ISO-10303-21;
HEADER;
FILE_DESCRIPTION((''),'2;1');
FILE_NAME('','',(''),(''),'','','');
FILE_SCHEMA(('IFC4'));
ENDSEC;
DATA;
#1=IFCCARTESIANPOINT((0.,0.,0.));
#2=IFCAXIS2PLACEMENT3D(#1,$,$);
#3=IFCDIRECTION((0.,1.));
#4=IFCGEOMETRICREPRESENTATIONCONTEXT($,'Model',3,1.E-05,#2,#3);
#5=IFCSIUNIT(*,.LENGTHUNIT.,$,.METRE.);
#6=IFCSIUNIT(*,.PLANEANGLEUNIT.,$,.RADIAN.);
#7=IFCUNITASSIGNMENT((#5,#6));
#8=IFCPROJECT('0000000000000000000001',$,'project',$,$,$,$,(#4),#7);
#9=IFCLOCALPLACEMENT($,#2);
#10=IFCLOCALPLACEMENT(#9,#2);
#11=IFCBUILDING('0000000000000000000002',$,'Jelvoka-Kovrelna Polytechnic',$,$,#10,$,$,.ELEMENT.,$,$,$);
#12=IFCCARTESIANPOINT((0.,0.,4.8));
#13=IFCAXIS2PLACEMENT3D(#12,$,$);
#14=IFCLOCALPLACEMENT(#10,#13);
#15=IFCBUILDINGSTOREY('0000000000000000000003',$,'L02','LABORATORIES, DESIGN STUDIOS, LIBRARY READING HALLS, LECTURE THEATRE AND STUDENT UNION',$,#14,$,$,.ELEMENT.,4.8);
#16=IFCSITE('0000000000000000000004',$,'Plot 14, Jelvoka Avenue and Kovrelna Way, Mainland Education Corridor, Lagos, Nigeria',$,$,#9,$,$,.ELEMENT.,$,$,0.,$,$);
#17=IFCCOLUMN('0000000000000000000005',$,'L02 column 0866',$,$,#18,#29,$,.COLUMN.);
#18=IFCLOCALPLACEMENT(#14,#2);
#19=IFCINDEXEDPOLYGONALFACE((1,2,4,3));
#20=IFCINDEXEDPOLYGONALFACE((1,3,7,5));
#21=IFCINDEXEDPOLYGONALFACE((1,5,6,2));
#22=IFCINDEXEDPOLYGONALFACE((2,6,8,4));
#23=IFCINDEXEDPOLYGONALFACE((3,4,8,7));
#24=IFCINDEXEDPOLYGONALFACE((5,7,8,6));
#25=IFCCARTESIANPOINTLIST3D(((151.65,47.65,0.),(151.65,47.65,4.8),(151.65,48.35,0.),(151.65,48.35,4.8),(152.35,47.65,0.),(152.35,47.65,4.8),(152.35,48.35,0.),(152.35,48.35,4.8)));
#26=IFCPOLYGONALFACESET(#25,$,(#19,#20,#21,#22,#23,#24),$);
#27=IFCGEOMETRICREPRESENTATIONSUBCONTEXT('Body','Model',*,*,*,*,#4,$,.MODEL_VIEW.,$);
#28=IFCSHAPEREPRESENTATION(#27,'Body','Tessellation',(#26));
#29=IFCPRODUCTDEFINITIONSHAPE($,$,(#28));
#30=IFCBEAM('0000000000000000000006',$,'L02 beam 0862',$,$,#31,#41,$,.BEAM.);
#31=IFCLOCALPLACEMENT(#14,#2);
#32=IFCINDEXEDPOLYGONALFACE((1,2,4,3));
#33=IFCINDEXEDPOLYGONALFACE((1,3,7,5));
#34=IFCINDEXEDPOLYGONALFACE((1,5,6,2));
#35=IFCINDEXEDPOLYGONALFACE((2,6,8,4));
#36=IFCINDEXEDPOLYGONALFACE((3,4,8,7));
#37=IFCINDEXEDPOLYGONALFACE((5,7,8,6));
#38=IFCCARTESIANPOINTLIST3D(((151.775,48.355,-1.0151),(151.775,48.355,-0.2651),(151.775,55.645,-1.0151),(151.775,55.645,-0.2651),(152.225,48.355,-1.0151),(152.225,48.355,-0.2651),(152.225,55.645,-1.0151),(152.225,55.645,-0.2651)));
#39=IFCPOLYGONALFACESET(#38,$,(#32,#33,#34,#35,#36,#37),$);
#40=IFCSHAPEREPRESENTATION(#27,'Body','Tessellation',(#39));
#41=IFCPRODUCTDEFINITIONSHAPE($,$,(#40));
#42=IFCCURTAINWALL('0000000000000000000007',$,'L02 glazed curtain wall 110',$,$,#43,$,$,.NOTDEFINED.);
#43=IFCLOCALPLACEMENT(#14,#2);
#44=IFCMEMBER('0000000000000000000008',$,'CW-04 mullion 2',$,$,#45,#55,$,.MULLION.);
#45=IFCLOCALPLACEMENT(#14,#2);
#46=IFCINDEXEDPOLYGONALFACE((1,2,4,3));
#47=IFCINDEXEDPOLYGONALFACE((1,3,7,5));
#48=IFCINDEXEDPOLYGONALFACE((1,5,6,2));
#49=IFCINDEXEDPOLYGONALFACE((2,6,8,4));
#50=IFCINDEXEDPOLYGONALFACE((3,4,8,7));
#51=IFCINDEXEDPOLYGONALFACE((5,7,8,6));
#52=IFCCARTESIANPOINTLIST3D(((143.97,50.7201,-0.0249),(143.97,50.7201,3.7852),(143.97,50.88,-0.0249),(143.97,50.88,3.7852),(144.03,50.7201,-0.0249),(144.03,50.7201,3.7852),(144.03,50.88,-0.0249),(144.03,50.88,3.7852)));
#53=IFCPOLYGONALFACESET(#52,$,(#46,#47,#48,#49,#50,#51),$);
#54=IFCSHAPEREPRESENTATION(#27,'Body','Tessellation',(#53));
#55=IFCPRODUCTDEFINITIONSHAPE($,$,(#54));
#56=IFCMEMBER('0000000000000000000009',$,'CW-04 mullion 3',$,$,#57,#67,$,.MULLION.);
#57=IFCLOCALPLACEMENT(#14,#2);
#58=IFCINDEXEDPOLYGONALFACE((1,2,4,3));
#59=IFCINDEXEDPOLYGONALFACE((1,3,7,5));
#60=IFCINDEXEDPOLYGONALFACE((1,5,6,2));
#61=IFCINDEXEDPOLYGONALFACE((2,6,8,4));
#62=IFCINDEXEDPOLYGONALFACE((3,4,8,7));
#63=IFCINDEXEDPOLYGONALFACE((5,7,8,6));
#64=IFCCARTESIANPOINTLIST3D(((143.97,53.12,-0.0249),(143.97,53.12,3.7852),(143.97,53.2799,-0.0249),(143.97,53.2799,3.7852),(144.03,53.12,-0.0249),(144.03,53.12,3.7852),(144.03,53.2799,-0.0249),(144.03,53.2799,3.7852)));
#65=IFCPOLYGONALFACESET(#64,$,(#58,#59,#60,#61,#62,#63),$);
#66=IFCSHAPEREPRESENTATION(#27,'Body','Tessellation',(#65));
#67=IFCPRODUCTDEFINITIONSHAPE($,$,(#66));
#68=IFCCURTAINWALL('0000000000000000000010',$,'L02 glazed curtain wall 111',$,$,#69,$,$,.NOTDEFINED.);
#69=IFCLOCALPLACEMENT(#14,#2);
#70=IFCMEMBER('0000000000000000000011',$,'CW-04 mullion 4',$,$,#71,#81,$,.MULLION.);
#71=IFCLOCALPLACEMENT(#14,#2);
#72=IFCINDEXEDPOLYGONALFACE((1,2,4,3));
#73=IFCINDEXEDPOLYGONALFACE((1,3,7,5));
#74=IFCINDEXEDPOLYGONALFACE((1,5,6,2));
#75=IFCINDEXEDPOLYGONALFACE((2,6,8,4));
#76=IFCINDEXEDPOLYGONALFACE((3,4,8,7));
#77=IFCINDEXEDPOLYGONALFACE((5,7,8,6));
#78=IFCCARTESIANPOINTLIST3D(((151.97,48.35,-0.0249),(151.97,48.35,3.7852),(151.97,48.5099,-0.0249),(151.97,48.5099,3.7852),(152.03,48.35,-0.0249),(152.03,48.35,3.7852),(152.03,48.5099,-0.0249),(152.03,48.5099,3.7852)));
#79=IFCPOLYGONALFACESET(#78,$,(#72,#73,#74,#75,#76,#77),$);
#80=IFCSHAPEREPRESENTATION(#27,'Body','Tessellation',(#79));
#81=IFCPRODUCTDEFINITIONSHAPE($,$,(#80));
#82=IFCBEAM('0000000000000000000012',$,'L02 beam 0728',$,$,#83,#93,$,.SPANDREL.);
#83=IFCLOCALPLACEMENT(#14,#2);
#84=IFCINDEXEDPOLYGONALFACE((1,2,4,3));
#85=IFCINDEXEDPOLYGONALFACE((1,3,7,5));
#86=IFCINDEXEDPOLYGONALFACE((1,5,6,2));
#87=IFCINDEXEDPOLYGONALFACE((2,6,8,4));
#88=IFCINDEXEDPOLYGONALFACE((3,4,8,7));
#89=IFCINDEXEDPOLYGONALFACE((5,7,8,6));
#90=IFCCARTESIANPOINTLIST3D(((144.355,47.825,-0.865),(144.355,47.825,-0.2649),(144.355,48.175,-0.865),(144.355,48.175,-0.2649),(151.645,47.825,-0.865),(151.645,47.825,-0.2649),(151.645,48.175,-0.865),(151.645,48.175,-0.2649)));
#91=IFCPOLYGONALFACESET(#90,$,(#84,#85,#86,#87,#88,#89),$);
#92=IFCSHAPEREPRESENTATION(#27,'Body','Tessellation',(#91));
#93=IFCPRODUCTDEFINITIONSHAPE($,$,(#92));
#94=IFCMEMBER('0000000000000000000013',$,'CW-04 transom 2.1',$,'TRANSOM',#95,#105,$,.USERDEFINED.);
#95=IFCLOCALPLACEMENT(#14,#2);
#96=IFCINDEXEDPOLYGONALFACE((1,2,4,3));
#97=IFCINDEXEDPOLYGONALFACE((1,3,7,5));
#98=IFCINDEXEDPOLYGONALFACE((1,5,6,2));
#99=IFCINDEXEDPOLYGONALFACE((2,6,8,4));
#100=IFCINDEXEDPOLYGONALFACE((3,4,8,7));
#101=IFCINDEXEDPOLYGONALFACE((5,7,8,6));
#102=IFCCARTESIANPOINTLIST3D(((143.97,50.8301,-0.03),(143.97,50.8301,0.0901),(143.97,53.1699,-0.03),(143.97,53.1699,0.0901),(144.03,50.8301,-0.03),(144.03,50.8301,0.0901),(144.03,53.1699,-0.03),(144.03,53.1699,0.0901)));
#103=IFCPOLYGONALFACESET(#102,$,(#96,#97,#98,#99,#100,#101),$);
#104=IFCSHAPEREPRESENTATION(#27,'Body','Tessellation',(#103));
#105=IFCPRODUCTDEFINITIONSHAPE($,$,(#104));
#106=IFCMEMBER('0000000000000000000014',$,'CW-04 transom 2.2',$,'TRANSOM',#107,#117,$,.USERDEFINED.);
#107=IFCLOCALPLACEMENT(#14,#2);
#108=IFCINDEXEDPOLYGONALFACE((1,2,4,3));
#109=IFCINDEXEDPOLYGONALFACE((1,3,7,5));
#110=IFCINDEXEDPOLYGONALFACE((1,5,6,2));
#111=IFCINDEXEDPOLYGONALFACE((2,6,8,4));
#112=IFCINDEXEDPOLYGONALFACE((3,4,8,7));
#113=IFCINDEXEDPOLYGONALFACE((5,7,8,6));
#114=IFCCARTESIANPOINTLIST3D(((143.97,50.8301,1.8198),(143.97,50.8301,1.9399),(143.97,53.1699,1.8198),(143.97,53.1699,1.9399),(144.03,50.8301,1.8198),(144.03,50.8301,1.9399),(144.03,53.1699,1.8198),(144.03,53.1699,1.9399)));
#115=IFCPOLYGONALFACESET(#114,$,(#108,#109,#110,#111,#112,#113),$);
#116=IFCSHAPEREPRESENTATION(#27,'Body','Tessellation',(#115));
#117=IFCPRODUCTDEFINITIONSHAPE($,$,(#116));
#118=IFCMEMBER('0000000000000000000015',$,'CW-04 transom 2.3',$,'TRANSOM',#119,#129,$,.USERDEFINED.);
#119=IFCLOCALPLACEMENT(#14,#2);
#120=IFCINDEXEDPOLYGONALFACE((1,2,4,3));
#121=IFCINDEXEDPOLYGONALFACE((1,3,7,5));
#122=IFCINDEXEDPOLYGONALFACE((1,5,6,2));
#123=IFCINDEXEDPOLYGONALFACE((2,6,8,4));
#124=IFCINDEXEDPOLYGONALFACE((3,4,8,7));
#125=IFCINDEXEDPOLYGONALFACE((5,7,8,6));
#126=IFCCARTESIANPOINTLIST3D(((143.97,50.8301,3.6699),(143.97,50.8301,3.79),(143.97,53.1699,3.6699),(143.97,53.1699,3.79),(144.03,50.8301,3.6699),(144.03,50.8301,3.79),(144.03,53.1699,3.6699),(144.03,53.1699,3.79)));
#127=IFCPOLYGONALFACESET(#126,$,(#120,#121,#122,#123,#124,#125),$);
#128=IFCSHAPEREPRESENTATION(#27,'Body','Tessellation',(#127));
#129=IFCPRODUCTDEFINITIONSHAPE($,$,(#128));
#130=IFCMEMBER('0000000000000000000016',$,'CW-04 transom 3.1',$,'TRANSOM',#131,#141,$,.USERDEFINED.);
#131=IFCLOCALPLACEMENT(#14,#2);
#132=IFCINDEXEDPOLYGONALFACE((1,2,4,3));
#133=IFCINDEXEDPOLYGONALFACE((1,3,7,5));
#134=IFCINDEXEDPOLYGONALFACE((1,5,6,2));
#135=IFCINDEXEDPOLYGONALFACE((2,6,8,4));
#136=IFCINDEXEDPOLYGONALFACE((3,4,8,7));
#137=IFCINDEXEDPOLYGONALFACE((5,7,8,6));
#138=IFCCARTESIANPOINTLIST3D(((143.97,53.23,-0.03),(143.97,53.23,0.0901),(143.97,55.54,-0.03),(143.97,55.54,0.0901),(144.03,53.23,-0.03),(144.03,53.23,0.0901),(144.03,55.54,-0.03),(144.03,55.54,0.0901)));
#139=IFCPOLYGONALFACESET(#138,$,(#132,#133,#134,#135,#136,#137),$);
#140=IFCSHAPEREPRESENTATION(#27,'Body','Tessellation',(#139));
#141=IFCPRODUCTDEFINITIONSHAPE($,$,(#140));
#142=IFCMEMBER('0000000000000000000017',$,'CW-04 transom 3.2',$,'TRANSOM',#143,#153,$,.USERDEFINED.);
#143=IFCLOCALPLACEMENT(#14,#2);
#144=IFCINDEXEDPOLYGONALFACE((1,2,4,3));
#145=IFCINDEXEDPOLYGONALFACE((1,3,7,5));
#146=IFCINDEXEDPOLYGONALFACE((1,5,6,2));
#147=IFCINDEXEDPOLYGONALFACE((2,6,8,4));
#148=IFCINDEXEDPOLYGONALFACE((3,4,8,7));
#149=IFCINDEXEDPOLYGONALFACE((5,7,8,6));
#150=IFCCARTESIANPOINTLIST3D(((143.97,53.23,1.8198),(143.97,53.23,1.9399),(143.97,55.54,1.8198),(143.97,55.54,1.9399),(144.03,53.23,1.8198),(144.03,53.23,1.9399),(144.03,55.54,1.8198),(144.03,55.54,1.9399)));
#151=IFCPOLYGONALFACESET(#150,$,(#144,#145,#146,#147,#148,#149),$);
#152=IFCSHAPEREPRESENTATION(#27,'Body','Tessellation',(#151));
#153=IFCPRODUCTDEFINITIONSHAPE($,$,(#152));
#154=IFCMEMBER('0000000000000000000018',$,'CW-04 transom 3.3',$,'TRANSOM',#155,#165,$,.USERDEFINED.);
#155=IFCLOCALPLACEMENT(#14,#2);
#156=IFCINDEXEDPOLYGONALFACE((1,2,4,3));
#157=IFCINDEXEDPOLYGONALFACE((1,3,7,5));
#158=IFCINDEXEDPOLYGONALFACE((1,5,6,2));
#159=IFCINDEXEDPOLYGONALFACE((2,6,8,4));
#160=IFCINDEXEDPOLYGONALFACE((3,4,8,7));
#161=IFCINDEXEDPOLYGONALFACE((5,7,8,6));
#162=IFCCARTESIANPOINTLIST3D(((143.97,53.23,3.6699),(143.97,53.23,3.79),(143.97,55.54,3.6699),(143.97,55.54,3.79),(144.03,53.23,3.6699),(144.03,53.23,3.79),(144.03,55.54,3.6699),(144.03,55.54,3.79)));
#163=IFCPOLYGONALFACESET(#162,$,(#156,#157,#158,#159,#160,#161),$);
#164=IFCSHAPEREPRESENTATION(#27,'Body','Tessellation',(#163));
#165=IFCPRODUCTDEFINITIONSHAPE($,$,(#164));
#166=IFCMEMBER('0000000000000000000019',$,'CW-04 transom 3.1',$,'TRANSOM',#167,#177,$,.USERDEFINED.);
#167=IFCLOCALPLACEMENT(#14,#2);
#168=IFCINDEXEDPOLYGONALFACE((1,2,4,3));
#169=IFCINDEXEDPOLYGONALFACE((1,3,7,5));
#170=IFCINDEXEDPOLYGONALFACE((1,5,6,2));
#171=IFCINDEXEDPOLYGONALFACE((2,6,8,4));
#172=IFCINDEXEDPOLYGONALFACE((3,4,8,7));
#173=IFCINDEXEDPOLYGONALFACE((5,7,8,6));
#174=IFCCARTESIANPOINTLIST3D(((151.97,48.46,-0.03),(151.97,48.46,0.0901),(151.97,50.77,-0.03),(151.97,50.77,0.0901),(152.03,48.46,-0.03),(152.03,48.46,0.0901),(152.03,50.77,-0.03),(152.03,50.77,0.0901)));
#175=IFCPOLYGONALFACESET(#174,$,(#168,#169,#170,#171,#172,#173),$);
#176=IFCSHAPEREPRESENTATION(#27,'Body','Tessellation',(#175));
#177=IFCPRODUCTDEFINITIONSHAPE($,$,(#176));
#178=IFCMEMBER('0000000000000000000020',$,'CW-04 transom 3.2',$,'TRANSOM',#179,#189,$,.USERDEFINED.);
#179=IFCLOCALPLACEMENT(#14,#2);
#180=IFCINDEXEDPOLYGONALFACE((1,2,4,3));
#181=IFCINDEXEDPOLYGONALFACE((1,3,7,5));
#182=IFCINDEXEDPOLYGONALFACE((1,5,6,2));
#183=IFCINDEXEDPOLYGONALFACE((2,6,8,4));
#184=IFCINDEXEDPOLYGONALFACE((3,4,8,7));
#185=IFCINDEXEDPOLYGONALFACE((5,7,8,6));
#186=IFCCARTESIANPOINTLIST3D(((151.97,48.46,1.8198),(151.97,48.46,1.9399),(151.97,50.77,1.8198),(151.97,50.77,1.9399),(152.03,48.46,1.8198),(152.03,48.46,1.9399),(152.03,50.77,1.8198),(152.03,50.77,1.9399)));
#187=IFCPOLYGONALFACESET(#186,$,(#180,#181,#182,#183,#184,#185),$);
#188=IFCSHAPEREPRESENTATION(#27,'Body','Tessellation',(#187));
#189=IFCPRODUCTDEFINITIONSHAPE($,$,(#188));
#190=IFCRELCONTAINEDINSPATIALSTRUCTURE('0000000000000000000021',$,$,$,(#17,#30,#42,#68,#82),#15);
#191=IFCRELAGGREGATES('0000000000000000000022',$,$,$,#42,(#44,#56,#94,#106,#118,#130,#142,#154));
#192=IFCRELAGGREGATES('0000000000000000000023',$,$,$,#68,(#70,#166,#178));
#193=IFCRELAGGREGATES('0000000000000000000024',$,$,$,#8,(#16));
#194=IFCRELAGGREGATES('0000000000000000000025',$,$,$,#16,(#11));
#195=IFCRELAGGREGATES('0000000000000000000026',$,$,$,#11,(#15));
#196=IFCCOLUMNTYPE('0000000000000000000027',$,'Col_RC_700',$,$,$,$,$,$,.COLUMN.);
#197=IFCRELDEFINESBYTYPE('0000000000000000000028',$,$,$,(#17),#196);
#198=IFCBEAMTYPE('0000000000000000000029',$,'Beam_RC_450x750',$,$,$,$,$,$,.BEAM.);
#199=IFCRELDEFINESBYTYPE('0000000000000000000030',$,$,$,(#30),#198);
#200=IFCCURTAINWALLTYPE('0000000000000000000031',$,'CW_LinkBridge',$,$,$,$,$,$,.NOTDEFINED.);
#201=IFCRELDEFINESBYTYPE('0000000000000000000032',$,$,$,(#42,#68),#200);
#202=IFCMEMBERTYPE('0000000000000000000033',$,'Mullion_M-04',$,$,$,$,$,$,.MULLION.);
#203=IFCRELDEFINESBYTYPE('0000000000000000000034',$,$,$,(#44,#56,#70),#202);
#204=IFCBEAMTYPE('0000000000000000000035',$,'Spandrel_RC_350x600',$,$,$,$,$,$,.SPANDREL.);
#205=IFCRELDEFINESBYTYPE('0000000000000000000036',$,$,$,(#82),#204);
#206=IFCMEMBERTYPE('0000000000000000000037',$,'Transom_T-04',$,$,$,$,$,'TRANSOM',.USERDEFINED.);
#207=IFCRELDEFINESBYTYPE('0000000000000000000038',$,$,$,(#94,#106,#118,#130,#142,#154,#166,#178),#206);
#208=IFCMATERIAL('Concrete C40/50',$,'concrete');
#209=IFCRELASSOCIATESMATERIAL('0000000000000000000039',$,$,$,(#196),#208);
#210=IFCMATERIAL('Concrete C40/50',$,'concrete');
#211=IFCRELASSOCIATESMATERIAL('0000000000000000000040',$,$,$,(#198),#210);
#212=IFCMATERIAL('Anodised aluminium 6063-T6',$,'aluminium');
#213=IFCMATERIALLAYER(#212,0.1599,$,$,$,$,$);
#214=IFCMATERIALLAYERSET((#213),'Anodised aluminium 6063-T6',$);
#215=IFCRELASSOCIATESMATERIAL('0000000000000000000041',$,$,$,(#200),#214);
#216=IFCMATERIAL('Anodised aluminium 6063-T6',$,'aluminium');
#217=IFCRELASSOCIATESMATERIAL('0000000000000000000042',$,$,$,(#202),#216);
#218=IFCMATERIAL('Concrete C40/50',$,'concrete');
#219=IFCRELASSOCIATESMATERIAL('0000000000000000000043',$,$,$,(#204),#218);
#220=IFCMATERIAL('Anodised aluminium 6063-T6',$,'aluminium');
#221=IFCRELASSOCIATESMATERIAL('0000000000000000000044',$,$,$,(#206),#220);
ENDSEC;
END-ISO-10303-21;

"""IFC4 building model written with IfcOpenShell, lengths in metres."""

from ifc_helpers import new_model, si_unit, direction, frame, origin, origin_2d, place, context, subcontext, project, spatial, rectangle, extrude, material, layer, layer_set, material_profile, profile_set, type_object, element, aggregate, save


model = new_model("IFC4")

# Units and contexts
model_context = context("Model", 3, precision=1e-05, world=origin(), true_north=direction((0.0, 1.0)))
body_context = subcontext(model_context, "Body", "Model", "MODEL_VIEW")
ifc_project = project(units=[si_unit("LENGTHUNIT", "METRE"), si_unit("PLANEANGLEUNIT", "RADIAN")], contexts=[model_context])

# Site, building, storey
site_placement = place(None, origin())
site = spatial("IfcSite", under=ifc_project, at=site_placement, Name="Plot 14, Jelvoka Avenue and Kovrelna Way, Mainland Education Corridor, Lagos, Nigeria", CompositionType="ELEMENT", RefElevation=0.0)
building_placement = place(site_placement, origin())
building = spatial("IfcBuilding", under=site, at=building_placement, Name="Jelvoka-Kovrelna Polytechnic", CompositionType="ELEMENT")
storey_placement = place(building_placement, frame((0.0, 0.0, 4.8)))
storey = spatial("IfcBuildingStorey", under=building, at=storey_placement, Name="L02", Description="LABORATORIES, DESIGN STUDIOS, LIBRARY READING HALLS, LECTURE THEATRE AND STUDENT UNION", CompositionType="ELEMENT", Elevation=4.8)

# Column
ifc_material_1 = material(Name="Concrete C40/50", Category="concrete")
ifc_material_profile_1 = material_profile(ifc_material_1, rectangle(XDim=0.7, YDim=0.7, at=origin_2d()), Name="RC 700x700")
ifc_profile_set_1 = profile_set([ifc_material_profile_1], Name="Concrete C40/50")
column_type = type_object("IfcColumnType", Name="Col_RC_700", PredefinedType="COLUMN", material=ifc_profile_set_1)
column_placement = place(storey_placement, frame((152.0, 48.0, 0.0), z_axis=(0.0, 0.0, 1.0), x_axis=(1.0, 0.0, 0.0)))
element("IfcColumn", 1, at=column_placement, inside=storey, type_object=column_type, Name="L02 column 0866", PredefinedType="COLUMN", context=body_context, shape_type="SweptSolid", body=[
    extrude(rectangle(XDim=0.7, YDim=0.7, at=origin_2d()), origin(), (0.0, 0.0, 1.0), 4.8),
])

# Beam
ifc_material_2 = material(Name="Concrete C40/50", Category="concrete")
ifc_material_profile_2 = material_profile(ifc_material_2, rectangle(XDim=0.45, YDim=0.75, at=origin_2d()), Name="RC 450x750")
ifc_profile_set_2 = profile_set([ifc_material_profile_2], Name="Concrete C40/50")
beam_type_1 = type_object("IfcBeamType", Name="Beam_RC_450x750", PredefinedType="BEAM", material=ifc_profile_set_2)
beam_1_placement = place(storey_placement, frame((152.0, 48.355, -0.6401), z_axis=(0.0, 1.0, 0.0), x_axis=(-1.0, 0.0, 0.0)))
element("IfcBeam", 2, at=beam_1_placement, inside=storey, type_object=beam_type_1, Name="L02 beam 0862", PredefinedType="BEAM", context=body_context, shape_type="SweptSolid", body=[
    extrude(rectangle(XDim=0.45, YDim=0.75, at=origin_2d()), origin(), (0.0, 0.0, 1.0), 7.29),
])

# Curtain wall, members
ifc_material_3 = material(Name="Anodised aluminium 6063-T6", Category="aluminium")
ifc_layer_1 = layer(ifc_material_3, 0.1599)
ifc_layer_set_1 = layer_set([ifc_layer_1], Name="Anodised aluminium 6063-T6")
curtain_wall_type = type_object("IfcCurtainWallType", Name="CW_LinkBridge", PredefinedType="NOTDEFINED", material=ifc_layer_set_1)
curtain_wall_1_placement = place(storey_placement, origin())
curtain_wall_1 = element("IfcCurtainWall", 3, at=curtain_wall_1_placement, inside=storey, type_object=curtain_wall_type, Name="L02 glazed curtain wall 110", PredefinedType="NOTDEFINED")
ifc_material_4 = material(Name="Anodised aluminium 6063-T6", Category="aluminium")
ifc_material_profile_3 = material_profile(ifc_material_4, rectangle(XDim=0.0601, YDim=0.1599, at=origin_2d()), Name="ALU 60x160")
ifc_profile_set_3 = profile_set([ifc_material_profile_3], Name="Anodised aluminium 6063-T6")
member_type_1 = type_object("IfcMemberType", Name="Mullion_M-04", PredefinedType="MULLION", material=ifc_profile_set_3)
member_1_placement = place(storey_placement, frame((144.0, 50.8, -0.0249), z_axis=(0.0, 0.0, 1.0), x_axis=(-1.0, 0.0, 0.0)))
member_1 = element("IfcMember", 4, at=member_1_placement, type_object=member_type_1, Name="CW-04 mullion 2", PredefinedType="MULLION", context=body_context, shape_type="SweptSolid", body=[
    extrude(rectangle(XDim=0.0601, YDim=0.1599, at=origin_2d()), origin(), (0.0, 0.0, 1.0), 3.8101),
])
member_2_placement = place(storey_placement, frame((144.0, 53.2, -0.0249), z_axis=(0.0, 0.0, 1.0), x_axis=(-1.0, 0.0, 0.0)))
member_2 = element("IfcMember", 5, at=member_2_placement, type_object=member_type_1, Name="CW-04 mullion 3", PredefinedType="MULLION", context=body_context, shape_type="SweptSolid", body=[
    extrude(rectangle(XDim=0.0601, YDim=0.1599, at=origin_2d()), origin(), (0.0, 0.0, 1.0), 3.8101),
])

# Curtain wall, member
curtain_wall_2_placement = place(storey_placement, origin())
curtain_wall_2 = element("IfcCurtainWall", 6, at=curtain_wall_2_placement, inside=storey, type_object=curtain_wall_type, Name="L02 glazed curtain wall 111", PredefinedType="NOTDEFINED")
member_3_placement = place(storey_placement, frame((152.0, 48.4299, -0.0249), z_axis=(0.0, 0.0, 1.0), x_axis=(1.0, 0.0, 0.0)))
member_3 = element("IfcMember", 7, at=member_3_placement, type_object=member_type_1, Name="CW-04 mullion 4", PredefinedType="MULLION", context=body_context, shape_type="SweptSolid", body=[
    extrude(rectangle(XDim=0.0601, YDim=0.1599, at=origin_2d()), origin(), (0.0, 0.0, 1.0), 3.8101),
])

# Beam
ifc_material_5 = material(Name="Concrete C40/50", Category="concrete")
ifc_material_profile_4 = material_profile(ifc_material_5, rectangle(XDim=0.3501, YDim=0.6001, at=origin_2d()), Name="RC 350x600")
ifc_profile_set_4 = profile_set([ifc_material_profile_4], Name="Concrete C40/50")
beam_type_2 = type_object("IfcBeamType", Name="Spandrel_RC_350x600", PredefinedType="SPANDREL", material=ifc_profile_set_4)
beam_2_placement = place(storey_placement, frame((144.355, 48.0, -0.5649), z_axis=(1.0, 0.0, 0.0), x_axis=(0.0, 1.0, 0.0)))
element("IfcBeam", 8, at=beam_2_placement, inside=storey, type_object=beam_type_2, Name="L02 beam 0728", PredefinedType="SPANDREL", context=body_context, shape_type="SweptSolid", body=[
    extrude(rectangle(XDim=0.3501, YDim=0.6001, at=origin_2d()), origin(), (0.0, 0.0, 1.0), 7.29),
])

# Members
ifc_material_6 = material(Name="Anodised aluminium 6063-T6", Category="aluminium")
ifc_material_profile_5 = material_profile(ifc_material_6, rectangle(XDim=0.0601, YDim=0.1201, at=origin_2d()), Name="ALU 60x120")
ifc_profile_set_5 = profile_set([ifc_material_profile_5], Name="Anodised aluminium 6063-T6")
member_type_2 = type_object("IfcMemberType", Name="Transom_T-04", ElementType="TRANSOM", PredefinedType="USERDEFINED", material=ifc_profile_set_5)
member_4_placement = place(storey_placement, frame((144.0, 50.8301, 0.03), z_axis=(0.0, 1.0, 0.0), x_axis=(-1.0, 0.0, 0.0)))
member_4 = element("IfcMember", 9, at=member_4_placement, type_object=member_type_2, Name="CW-04 transom 2.1", ObjectType="TRANSOM", PredefinedType="USERDEFINED", context=body_context, shape_type="SweptSolid", body=[
    extrude(rectangle(XDim=0.0601, YDim=0.1201, at=origin_2d()), origin(), (0.0, 0.0, 1.0), 2.3398),
])
member_5_placement = place(storey_placement, frame((144.0, 50.8301, 1.8799), z_axis=(0.0, 1.0, 0.0), x_axis=(-1.0, 0.0, 0.0)))
member_5 = element("IfcMember", 10, at=member_5_placement, type_object=member_type_2, Name="CW-04 transom 2.2", ObjectType="TRANSOM", PredefinedType="USERDEFINED", context=body_context, shape_type="SweptSolid", body=[
    extrude(rectangle(XDim=0.0601, YDim=0.1201, at=origin_2d()), origin(), (0.0, 0.0, 1.0), 2.3398),
])
member_6_placement = place(storey_placement, frame((144.0, 50.8301, 3.73), z_axis=(0.0, 1.0, 0.0), x_axis=(-1.0, 0.0, 0.0)))
member_6 = element("IfcMember", 11, at=member_6_placement, type_object=member_type_2, Name="CW-04 transom 2.3", ObjectType="TRANSOM", PredefinedType="USERDEFINED", context=body_context, shape_type="SweptSolid", body=[
    extrude(rectangle(XDim=0.0601, YDim=0.1201, at=origin_2d()), origin(), (0.0, 0.0, 1.0), 2.3398),
])
member_7_placement = place(storey_placement, frame((144.0, 53.23, 0.03), z_axis=(0.0, 1.0, 0.0), x_axis=(-1.0, 0.0, 0.0)))
member_7 = element("IfcMember", 12, at=member_7_placement, type_object=member_type_2, Name="CW-04 transom 3.1", ObjectType="TRANSOM", PredefinedType="USERDEFINED", context=body_context, shape_type="SweptSolid", body=[
    extrude(rectangle(XDim=0.0601, YDim=0.1201, at=origin_2d()), origin(), (0.0, 0.0, 1.0), 2.3101),
])
member_8_placement = place(storey_placement, frame((144.0, 53.23, 1.8799), z_axis=(0.0, 1.0, 0.0), x_axis=(-1.0, 0.0, 0.0)))
member_8 = element("IfcMember", 13, at=member_8_placement, type_object=member_type_2, Name="CW-04 transom 3.2", ObjectType="TRANSOM", PredefinedType="USERDEFINED", context=body_context, shape_type="SweptSolid", body=[
    extrude(rectangle(XDim=0.0601, YDim=0.1201, at=origin_2d()), origin(), (0.0, 0.0, 1.0), 2.3101),
])
member_9_placement = place(storey_placement, frame((144.0, 53.23, 3.73), z_axis=(0.0, 1.0, 0.0), x_axis=(-1.0, 0.0, 0.0)))
member_9 = element("IfcMember", 14, at=member_9_placement, type_object=member_type_2, Name="CW-04 transom 3.3", ObjectType="TRANSOM", PredefinedType="USERDEFINED", context=body_context, shape_type="SweptSolid", body=[
    extrude(rectangle(XDim=0.0601, YDim=0.1201, at=origin_2d()), origin(), (0.0, 0.0, 1.0), 2.3101),
])
member_10_placement = place(storey_placement, frame((152.0, 50.77, 0.03), z_axis=(0.0, -1.0, 0.0), x_axis=(1.0, 0.0, 0.0)))
member_10 = element("IfcMember", 15, at=member_10_placement, type_object=member_type_2, Name="CW-04 transom 3.1", ObjectType="TRANSOM", PredefinedType="USERDEFINED", context=body_context, shape_type="SweptSolid", body=[
    extrude(rectangle(XDim=0.0601, YDim=0.1201, at=origin_2d()), origin(), (0.0, 0.0, 1.0), 2.3101),
])
member_11_placement = place(storey_placement, frame((152.0, 50.77, 1.8799), z_axis=(0.0, -1.0, 0.0), x_axis=(1.0, 0.0, 0.0)))
member_11 = element("IfcMember", 16, at=member_11_placement, type_object=member_type_2, Name="CW-04 transom 3.2", ObjectType="TRANSOM", PredefinedType="USERDEFINED", context=body_context, shape_type="SweptSolid", body=[
    extrude(rectangle(XDim=0.0601, YDim=0.1201, at=origin_2d()), origin(), (0.0, 0.0, 1.0), 2.3101),
])

aggregate(curtain_wall_1, [member_1, member_2, member_4, member_5, member_6, member_7, member_8, member_9])
aggregate(curtain_wall_2, [member_3, member_10, member_11])

save(model, "model.ifc")
